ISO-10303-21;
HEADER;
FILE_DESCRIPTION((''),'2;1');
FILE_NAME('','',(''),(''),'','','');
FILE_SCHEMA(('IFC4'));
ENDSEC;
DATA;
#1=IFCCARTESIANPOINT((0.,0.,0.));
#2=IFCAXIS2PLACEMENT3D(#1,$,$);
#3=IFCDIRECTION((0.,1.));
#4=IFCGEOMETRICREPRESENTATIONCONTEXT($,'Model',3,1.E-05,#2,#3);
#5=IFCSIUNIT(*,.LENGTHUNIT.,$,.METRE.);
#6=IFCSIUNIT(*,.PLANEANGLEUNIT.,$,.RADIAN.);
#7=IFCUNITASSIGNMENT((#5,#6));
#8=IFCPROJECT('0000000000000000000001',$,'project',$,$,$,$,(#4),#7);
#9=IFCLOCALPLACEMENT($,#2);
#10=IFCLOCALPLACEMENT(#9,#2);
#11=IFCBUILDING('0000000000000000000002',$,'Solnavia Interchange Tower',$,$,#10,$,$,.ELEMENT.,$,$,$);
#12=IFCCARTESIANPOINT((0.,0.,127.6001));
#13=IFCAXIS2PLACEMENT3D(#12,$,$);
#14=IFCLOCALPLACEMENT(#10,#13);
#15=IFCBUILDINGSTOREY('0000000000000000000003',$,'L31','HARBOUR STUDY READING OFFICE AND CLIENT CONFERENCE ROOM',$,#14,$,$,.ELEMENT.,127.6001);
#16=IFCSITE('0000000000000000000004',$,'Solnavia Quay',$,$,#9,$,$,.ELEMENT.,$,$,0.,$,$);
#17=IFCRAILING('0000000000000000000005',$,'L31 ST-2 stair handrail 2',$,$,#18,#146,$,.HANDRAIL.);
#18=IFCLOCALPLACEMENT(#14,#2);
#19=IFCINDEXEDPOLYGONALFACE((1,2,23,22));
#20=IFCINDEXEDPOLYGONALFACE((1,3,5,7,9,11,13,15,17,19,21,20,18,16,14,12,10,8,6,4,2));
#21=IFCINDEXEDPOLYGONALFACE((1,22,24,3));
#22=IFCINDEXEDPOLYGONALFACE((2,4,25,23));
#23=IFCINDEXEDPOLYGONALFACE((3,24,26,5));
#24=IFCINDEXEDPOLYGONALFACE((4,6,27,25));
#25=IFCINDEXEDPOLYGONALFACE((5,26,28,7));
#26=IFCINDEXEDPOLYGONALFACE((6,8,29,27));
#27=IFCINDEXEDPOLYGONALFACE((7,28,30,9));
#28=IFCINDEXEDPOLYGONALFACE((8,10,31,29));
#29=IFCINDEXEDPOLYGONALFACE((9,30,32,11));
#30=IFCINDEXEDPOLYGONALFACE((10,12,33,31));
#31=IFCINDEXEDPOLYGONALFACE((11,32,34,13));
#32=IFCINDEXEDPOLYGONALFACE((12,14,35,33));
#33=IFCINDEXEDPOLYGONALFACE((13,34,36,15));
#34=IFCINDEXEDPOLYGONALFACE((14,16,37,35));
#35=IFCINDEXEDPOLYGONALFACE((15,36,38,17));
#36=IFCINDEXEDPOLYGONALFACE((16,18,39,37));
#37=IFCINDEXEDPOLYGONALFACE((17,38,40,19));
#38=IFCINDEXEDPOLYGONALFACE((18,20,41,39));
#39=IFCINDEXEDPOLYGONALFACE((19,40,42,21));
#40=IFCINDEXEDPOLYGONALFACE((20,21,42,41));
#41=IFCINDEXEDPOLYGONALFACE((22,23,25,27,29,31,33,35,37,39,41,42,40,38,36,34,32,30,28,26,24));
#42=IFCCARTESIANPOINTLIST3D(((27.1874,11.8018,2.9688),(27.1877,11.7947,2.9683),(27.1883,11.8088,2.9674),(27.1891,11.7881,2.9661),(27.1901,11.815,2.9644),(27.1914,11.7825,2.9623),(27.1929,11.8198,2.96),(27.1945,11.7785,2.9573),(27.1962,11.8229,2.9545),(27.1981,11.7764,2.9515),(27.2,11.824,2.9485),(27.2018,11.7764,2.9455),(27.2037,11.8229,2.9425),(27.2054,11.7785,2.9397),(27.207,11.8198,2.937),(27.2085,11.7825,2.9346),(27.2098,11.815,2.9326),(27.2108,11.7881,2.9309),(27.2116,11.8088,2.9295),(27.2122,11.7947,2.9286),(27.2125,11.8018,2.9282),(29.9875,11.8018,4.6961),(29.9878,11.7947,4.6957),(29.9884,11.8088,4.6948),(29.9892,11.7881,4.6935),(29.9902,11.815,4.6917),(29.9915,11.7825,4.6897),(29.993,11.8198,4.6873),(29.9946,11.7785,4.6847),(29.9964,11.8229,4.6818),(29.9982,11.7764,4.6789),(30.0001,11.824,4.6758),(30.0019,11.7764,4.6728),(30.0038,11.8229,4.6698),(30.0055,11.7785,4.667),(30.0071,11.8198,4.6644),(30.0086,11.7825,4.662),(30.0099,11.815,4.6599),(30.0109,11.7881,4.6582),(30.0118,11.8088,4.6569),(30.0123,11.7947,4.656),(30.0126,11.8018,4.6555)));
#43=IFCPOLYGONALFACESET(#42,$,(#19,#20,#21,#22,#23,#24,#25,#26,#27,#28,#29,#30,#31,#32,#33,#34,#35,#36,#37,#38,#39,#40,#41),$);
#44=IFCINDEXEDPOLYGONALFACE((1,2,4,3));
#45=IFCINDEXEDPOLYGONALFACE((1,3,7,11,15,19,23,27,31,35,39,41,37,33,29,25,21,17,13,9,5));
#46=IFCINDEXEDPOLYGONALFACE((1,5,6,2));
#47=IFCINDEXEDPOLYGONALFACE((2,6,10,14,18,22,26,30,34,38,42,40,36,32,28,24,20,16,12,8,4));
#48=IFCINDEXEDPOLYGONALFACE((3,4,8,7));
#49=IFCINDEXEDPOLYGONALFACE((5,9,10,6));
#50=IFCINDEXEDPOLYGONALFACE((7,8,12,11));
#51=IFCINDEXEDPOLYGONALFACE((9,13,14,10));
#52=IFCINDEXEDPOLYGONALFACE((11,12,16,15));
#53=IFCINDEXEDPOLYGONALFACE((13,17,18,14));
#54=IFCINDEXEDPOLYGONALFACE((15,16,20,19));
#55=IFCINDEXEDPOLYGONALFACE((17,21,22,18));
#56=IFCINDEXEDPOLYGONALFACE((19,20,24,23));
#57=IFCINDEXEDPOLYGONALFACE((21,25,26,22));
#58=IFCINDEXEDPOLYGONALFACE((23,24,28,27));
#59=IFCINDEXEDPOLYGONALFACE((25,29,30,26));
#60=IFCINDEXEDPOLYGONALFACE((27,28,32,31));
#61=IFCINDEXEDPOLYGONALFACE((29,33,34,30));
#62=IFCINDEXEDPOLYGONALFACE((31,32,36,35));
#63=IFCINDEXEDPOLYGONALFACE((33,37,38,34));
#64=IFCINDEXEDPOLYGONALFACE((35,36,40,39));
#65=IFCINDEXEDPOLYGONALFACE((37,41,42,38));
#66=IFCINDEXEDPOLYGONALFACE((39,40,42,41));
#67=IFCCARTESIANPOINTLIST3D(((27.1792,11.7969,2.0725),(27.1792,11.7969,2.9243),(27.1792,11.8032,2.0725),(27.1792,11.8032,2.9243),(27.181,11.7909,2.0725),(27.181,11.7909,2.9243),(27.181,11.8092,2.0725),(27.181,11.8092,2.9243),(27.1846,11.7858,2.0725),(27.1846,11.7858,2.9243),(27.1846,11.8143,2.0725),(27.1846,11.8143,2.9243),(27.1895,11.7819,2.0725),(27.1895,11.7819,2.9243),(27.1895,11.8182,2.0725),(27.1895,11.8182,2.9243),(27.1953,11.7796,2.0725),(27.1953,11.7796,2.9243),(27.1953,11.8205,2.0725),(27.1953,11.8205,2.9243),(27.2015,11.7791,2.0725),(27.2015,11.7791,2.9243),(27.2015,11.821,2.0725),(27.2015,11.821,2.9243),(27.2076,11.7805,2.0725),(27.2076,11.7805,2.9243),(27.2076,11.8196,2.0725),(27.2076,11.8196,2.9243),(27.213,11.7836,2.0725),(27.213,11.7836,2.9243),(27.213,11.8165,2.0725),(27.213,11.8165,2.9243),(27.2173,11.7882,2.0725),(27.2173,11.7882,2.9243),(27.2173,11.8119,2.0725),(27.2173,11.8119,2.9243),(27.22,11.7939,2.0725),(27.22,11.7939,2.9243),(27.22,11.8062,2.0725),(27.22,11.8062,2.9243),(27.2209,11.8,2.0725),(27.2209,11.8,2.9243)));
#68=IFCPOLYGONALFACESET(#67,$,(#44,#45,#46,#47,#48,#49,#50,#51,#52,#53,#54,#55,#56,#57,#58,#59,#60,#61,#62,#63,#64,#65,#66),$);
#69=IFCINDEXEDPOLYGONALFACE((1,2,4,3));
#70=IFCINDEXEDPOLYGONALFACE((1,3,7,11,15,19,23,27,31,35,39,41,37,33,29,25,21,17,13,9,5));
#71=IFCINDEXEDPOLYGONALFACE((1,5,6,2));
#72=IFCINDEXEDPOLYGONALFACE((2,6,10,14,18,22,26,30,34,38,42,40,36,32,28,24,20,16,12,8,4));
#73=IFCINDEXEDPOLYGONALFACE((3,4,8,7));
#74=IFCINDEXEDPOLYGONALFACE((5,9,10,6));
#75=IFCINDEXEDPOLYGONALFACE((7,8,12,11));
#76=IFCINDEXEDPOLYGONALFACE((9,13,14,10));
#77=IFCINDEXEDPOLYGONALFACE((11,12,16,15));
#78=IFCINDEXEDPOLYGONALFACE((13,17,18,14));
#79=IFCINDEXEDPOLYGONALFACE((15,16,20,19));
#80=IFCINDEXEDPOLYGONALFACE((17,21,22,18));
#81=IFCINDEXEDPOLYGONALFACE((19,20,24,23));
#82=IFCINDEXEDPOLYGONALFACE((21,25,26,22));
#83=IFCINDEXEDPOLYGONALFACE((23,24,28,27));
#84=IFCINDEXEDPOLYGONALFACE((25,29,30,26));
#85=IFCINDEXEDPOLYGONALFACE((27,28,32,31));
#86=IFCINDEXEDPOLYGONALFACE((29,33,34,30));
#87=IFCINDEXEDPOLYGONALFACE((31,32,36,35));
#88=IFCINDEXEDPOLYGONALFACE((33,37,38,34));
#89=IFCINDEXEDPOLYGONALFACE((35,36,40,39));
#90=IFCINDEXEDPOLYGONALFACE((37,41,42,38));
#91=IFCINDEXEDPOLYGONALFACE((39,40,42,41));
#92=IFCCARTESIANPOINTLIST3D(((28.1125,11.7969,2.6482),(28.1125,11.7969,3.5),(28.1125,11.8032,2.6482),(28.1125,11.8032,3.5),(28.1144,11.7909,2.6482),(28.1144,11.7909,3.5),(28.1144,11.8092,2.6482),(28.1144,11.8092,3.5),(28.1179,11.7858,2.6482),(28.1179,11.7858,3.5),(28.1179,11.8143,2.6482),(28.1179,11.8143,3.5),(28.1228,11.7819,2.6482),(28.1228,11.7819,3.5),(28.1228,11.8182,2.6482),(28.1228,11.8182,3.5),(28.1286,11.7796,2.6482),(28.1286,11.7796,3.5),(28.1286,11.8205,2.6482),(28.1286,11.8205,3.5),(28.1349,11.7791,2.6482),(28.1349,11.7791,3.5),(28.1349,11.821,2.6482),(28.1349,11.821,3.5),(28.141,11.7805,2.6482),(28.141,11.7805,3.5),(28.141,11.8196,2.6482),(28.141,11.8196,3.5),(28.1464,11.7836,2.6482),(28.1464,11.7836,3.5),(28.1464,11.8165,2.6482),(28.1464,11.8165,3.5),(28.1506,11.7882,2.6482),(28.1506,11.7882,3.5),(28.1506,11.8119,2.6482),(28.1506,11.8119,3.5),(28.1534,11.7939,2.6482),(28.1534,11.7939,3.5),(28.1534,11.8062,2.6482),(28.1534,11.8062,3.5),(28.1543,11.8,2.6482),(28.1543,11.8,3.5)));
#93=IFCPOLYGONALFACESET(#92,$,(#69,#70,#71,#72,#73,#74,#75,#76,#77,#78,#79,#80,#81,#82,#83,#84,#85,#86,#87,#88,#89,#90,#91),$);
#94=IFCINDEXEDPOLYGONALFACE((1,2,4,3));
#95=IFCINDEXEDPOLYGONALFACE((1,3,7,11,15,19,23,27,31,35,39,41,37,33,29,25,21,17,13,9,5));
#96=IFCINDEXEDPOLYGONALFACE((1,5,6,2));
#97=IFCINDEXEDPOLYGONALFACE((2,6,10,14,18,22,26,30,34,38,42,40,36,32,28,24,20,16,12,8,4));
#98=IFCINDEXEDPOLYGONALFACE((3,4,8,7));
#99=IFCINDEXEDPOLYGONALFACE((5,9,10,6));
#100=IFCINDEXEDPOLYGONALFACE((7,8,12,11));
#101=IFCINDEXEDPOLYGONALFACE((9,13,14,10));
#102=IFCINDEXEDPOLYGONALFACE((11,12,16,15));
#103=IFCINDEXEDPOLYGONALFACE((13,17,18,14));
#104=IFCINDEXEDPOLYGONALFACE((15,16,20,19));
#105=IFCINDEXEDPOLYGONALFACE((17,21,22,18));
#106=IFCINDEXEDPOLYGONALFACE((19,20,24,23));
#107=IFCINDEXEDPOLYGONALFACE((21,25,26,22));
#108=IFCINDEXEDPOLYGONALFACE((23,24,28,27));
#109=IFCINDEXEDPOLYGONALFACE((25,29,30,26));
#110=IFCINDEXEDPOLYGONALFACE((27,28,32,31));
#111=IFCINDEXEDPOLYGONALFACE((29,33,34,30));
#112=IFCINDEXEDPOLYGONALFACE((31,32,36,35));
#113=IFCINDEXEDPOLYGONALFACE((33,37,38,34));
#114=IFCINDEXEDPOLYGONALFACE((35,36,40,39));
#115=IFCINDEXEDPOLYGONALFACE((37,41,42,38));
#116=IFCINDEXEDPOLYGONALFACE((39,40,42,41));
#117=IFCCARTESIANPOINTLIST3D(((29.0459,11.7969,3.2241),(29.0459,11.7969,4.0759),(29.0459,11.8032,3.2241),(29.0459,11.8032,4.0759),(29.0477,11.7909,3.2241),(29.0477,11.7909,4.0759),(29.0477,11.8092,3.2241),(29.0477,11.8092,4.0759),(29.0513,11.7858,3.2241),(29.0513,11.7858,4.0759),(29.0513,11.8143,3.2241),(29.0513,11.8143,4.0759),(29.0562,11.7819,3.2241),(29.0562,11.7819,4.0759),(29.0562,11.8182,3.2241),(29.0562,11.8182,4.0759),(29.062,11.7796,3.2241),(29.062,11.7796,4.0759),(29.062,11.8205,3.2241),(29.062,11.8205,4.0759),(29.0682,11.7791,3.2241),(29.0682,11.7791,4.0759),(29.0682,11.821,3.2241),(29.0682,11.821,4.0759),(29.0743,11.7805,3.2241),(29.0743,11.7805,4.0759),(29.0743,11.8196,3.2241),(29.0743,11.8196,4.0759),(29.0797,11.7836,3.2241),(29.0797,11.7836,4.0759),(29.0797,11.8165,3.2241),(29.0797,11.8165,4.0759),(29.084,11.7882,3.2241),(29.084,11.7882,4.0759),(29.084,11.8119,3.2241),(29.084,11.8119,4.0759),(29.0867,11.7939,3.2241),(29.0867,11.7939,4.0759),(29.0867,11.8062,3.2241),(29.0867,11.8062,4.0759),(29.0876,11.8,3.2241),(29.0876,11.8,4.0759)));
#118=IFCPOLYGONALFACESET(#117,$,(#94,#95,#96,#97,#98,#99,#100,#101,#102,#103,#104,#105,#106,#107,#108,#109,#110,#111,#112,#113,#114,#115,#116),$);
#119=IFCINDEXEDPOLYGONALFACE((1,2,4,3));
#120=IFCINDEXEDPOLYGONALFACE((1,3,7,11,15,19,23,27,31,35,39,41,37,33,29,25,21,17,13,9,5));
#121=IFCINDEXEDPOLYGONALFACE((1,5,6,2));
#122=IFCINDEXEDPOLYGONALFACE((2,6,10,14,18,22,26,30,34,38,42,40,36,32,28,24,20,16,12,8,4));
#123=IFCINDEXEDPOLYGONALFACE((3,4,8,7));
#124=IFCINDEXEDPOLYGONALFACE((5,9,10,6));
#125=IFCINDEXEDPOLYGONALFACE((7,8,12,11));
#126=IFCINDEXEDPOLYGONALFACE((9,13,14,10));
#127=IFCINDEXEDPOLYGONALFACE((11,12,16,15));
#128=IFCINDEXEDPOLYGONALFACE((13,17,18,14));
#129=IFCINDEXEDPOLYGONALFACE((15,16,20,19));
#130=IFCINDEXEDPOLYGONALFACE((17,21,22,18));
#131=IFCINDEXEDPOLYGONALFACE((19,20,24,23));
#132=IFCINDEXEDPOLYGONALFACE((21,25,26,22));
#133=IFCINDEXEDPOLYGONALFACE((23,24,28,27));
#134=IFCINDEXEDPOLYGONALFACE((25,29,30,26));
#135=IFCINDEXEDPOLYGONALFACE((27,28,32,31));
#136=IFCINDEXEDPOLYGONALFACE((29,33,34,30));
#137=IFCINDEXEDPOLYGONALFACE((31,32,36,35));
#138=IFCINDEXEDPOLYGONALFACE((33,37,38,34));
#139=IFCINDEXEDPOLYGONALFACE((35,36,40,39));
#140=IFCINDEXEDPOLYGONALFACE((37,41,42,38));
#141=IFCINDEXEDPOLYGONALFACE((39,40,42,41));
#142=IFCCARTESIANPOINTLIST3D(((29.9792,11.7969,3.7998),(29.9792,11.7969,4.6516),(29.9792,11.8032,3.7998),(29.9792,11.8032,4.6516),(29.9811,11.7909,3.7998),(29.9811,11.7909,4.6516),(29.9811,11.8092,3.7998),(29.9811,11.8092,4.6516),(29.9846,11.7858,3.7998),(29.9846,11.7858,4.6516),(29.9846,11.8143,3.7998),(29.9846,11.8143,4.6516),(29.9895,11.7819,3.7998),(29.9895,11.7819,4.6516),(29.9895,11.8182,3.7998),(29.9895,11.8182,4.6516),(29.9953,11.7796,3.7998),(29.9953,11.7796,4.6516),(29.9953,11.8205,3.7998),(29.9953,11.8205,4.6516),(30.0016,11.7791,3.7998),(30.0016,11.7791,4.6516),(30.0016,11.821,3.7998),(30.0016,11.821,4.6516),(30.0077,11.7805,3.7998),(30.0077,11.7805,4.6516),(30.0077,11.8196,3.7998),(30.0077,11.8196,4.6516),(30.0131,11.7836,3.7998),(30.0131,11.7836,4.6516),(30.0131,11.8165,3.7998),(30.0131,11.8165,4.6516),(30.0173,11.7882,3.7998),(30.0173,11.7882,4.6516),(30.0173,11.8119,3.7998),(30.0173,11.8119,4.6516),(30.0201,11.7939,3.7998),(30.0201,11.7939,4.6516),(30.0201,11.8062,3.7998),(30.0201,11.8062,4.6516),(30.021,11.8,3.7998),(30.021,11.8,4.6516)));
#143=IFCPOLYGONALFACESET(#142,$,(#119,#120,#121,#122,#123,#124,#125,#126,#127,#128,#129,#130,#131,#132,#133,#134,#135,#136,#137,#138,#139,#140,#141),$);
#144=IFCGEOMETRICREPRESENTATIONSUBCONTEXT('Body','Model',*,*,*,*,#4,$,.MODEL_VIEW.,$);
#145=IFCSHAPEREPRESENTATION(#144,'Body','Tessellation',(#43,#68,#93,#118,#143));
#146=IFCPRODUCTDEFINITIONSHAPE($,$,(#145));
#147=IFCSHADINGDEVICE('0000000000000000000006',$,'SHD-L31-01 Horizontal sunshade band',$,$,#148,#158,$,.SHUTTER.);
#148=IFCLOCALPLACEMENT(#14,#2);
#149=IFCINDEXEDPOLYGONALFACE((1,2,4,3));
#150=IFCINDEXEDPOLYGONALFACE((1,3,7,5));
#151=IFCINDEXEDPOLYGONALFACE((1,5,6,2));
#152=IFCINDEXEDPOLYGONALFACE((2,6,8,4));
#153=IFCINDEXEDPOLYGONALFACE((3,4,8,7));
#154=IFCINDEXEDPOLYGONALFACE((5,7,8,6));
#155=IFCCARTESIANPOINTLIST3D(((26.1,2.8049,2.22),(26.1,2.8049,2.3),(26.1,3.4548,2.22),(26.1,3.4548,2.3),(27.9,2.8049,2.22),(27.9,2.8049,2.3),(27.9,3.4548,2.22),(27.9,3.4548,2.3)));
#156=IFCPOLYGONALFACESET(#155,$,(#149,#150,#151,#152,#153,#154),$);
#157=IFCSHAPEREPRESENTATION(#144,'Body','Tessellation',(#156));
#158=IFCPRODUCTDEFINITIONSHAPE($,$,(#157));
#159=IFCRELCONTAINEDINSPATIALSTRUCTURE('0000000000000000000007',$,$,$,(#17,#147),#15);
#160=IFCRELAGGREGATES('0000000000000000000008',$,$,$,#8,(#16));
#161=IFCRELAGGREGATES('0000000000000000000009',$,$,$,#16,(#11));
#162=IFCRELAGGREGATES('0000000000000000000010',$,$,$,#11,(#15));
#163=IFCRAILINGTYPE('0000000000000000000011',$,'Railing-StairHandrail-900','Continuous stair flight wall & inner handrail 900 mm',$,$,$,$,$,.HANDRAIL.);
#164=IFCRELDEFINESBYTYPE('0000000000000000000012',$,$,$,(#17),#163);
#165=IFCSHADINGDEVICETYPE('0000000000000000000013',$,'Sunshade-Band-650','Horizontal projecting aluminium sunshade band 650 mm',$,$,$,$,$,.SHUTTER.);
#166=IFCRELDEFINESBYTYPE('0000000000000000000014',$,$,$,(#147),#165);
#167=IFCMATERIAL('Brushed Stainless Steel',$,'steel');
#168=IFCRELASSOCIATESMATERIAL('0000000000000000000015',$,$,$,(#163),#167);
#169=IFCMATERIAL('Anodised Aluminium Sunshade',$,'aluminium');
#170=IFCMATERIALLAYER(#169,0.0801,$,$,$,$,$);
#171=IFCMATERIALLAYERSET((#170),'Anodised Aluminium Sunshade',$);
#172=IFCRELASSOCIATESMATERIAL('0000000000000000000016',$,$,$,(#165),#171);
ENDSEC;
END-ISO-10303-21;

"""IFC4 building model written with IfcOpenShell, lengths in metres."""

from ifc_helpers import new_model, si_unit, direction, frame, origin, origin_2d, place, context, subcontext, project, spatial, rectangle, circle, extrude, material, layer, layer_set, type_object, element, save


model = new_model("IFC4")

# Units and contexts
model_context = context("Model", 3, precision=1e-05, world=origin(), true_north=direction((0.0, 1.0)))
body_context = subcontext(model_context, "Body", "Model", "MODEL_VIEW")
ifc_project = project(units=[si_unit("LENGTHUNIT", "METRE"), si_unit("PLANEANGLEUNIT", "RADIAN")], contexts=[model_context])

# Site, building, storey
site_placement = place(None, origin())
site = spatial("IfcSite", under=ifc_project, at=site_placement, Name="Solnavia Quay", CompositionType="ELEMENT", RefElevation=0.0)
building_placement = place(site_placement, origin())
building = spatial("IfcBuilding", under=site, at=building_placement, Name="Solnavia Interchange Tower", CompositionType="ELEMENT")
storey_placement = place(building_placement, frame((0.0, 0.0, 127.6001)))
storey = spatial("IfcBuildingStorey", under=building, at=storey_placement, Name="L31", Description="HARBOUR STUDY READING OFFICE AND CLIENT CONFERENCE ROOM", CompositionType="ELEMENT", Elevation=127.6001)

# Railing
ifc_material_1 = material(Name="Brushed Stainless Steel", Category="steel")
railing_type = type_object("IfcRailingType", Name="Railing-StairHandrail-900", Description="Continuous stair flight wall & inner handrail 900 mm", PredefinedType="HANDRAIL", material=ifc_material_1)
railing_placement = place(storey_placement, frame((27.2, 11.8, 2.0725)))
element("IfcRailing", 1, at=railing_placement, inside=storey, type_object=railing_type, Name="L31 ST-2 stair handrail 2", PredefinedType="HANDRAIL", context=body_context, shape_type="SweptSolid", body=[
    extrude(circle(Radius=0.0239, at=origin_2d()), frame((0.0, 0.0, 0.876), z_axis=(0.85109, 0.0, 0.52502), x_axis=(0.0, 1.0, 0.0)), (0.0, 0.0, 1.0), 3.29),
    extrude(circle(Radius=0.021, at=origin_2d()), origin(), (0.0, 0.0, 1.0), 0.8518),
    extrude(circle(Radius=0.021, at=origin_2d()), frame((0.9333, 0.0, 0.5757)), (0.0, 0.0, 1.0), 0.8518),
    extrude(circle(Radius=0.021, at=origin_2d()), frame((1.8667, 0.0, 1.1516)), (0.0, 0.0, 1.0), 0.8518),
    extrude(circle(Radius=0.021, at=origin_2d()), frame((2.8, 0.0, 1.7273)), (0.0, 0.0, 1.0), 0.8518),
])

# Shading device
ifc_material_2 = material(Name="Anodised Aluminium Sunshade", Category="aluminium")
ifc_layer_1 = layer(ifc_material_2, 0.0801)
ifc_layer_set_1 = layer_set([ifc_layer_1], Name="Anodised Aluminium Sunshade")
shading_device_type = type_object("IfcShadingDeviceType", Name="Sunshade-Band-650", Description="Horizontal projecting aluminium sunshade band 650 mm", PredefinedType="SHUTTER", material=ifc_layer_set_1)
shading_device_placement = place(storey_placement, frame((27.0, 3.1299, 2.22), z_axis=(0.0, 0.0, 1.0), x_axis=(-1.0, 0.0, 0.0)))
element("IfcShadingDevice", 2, at=shading_device_placement, inside=storey, type_object=shading_device_type, Name="SHD-L31-01 Horizontal sunshade band", PredefinedType="SHUTTER", context=body_context, shape_type="SweptSolid", body=[
    extrude(rectangle(XDim=1.8, YDim=0.6499, at=origin_2d()), origin(), (0.0, 0.0, 1.0), 0.0801),
])

save(model, "model.ifc")
